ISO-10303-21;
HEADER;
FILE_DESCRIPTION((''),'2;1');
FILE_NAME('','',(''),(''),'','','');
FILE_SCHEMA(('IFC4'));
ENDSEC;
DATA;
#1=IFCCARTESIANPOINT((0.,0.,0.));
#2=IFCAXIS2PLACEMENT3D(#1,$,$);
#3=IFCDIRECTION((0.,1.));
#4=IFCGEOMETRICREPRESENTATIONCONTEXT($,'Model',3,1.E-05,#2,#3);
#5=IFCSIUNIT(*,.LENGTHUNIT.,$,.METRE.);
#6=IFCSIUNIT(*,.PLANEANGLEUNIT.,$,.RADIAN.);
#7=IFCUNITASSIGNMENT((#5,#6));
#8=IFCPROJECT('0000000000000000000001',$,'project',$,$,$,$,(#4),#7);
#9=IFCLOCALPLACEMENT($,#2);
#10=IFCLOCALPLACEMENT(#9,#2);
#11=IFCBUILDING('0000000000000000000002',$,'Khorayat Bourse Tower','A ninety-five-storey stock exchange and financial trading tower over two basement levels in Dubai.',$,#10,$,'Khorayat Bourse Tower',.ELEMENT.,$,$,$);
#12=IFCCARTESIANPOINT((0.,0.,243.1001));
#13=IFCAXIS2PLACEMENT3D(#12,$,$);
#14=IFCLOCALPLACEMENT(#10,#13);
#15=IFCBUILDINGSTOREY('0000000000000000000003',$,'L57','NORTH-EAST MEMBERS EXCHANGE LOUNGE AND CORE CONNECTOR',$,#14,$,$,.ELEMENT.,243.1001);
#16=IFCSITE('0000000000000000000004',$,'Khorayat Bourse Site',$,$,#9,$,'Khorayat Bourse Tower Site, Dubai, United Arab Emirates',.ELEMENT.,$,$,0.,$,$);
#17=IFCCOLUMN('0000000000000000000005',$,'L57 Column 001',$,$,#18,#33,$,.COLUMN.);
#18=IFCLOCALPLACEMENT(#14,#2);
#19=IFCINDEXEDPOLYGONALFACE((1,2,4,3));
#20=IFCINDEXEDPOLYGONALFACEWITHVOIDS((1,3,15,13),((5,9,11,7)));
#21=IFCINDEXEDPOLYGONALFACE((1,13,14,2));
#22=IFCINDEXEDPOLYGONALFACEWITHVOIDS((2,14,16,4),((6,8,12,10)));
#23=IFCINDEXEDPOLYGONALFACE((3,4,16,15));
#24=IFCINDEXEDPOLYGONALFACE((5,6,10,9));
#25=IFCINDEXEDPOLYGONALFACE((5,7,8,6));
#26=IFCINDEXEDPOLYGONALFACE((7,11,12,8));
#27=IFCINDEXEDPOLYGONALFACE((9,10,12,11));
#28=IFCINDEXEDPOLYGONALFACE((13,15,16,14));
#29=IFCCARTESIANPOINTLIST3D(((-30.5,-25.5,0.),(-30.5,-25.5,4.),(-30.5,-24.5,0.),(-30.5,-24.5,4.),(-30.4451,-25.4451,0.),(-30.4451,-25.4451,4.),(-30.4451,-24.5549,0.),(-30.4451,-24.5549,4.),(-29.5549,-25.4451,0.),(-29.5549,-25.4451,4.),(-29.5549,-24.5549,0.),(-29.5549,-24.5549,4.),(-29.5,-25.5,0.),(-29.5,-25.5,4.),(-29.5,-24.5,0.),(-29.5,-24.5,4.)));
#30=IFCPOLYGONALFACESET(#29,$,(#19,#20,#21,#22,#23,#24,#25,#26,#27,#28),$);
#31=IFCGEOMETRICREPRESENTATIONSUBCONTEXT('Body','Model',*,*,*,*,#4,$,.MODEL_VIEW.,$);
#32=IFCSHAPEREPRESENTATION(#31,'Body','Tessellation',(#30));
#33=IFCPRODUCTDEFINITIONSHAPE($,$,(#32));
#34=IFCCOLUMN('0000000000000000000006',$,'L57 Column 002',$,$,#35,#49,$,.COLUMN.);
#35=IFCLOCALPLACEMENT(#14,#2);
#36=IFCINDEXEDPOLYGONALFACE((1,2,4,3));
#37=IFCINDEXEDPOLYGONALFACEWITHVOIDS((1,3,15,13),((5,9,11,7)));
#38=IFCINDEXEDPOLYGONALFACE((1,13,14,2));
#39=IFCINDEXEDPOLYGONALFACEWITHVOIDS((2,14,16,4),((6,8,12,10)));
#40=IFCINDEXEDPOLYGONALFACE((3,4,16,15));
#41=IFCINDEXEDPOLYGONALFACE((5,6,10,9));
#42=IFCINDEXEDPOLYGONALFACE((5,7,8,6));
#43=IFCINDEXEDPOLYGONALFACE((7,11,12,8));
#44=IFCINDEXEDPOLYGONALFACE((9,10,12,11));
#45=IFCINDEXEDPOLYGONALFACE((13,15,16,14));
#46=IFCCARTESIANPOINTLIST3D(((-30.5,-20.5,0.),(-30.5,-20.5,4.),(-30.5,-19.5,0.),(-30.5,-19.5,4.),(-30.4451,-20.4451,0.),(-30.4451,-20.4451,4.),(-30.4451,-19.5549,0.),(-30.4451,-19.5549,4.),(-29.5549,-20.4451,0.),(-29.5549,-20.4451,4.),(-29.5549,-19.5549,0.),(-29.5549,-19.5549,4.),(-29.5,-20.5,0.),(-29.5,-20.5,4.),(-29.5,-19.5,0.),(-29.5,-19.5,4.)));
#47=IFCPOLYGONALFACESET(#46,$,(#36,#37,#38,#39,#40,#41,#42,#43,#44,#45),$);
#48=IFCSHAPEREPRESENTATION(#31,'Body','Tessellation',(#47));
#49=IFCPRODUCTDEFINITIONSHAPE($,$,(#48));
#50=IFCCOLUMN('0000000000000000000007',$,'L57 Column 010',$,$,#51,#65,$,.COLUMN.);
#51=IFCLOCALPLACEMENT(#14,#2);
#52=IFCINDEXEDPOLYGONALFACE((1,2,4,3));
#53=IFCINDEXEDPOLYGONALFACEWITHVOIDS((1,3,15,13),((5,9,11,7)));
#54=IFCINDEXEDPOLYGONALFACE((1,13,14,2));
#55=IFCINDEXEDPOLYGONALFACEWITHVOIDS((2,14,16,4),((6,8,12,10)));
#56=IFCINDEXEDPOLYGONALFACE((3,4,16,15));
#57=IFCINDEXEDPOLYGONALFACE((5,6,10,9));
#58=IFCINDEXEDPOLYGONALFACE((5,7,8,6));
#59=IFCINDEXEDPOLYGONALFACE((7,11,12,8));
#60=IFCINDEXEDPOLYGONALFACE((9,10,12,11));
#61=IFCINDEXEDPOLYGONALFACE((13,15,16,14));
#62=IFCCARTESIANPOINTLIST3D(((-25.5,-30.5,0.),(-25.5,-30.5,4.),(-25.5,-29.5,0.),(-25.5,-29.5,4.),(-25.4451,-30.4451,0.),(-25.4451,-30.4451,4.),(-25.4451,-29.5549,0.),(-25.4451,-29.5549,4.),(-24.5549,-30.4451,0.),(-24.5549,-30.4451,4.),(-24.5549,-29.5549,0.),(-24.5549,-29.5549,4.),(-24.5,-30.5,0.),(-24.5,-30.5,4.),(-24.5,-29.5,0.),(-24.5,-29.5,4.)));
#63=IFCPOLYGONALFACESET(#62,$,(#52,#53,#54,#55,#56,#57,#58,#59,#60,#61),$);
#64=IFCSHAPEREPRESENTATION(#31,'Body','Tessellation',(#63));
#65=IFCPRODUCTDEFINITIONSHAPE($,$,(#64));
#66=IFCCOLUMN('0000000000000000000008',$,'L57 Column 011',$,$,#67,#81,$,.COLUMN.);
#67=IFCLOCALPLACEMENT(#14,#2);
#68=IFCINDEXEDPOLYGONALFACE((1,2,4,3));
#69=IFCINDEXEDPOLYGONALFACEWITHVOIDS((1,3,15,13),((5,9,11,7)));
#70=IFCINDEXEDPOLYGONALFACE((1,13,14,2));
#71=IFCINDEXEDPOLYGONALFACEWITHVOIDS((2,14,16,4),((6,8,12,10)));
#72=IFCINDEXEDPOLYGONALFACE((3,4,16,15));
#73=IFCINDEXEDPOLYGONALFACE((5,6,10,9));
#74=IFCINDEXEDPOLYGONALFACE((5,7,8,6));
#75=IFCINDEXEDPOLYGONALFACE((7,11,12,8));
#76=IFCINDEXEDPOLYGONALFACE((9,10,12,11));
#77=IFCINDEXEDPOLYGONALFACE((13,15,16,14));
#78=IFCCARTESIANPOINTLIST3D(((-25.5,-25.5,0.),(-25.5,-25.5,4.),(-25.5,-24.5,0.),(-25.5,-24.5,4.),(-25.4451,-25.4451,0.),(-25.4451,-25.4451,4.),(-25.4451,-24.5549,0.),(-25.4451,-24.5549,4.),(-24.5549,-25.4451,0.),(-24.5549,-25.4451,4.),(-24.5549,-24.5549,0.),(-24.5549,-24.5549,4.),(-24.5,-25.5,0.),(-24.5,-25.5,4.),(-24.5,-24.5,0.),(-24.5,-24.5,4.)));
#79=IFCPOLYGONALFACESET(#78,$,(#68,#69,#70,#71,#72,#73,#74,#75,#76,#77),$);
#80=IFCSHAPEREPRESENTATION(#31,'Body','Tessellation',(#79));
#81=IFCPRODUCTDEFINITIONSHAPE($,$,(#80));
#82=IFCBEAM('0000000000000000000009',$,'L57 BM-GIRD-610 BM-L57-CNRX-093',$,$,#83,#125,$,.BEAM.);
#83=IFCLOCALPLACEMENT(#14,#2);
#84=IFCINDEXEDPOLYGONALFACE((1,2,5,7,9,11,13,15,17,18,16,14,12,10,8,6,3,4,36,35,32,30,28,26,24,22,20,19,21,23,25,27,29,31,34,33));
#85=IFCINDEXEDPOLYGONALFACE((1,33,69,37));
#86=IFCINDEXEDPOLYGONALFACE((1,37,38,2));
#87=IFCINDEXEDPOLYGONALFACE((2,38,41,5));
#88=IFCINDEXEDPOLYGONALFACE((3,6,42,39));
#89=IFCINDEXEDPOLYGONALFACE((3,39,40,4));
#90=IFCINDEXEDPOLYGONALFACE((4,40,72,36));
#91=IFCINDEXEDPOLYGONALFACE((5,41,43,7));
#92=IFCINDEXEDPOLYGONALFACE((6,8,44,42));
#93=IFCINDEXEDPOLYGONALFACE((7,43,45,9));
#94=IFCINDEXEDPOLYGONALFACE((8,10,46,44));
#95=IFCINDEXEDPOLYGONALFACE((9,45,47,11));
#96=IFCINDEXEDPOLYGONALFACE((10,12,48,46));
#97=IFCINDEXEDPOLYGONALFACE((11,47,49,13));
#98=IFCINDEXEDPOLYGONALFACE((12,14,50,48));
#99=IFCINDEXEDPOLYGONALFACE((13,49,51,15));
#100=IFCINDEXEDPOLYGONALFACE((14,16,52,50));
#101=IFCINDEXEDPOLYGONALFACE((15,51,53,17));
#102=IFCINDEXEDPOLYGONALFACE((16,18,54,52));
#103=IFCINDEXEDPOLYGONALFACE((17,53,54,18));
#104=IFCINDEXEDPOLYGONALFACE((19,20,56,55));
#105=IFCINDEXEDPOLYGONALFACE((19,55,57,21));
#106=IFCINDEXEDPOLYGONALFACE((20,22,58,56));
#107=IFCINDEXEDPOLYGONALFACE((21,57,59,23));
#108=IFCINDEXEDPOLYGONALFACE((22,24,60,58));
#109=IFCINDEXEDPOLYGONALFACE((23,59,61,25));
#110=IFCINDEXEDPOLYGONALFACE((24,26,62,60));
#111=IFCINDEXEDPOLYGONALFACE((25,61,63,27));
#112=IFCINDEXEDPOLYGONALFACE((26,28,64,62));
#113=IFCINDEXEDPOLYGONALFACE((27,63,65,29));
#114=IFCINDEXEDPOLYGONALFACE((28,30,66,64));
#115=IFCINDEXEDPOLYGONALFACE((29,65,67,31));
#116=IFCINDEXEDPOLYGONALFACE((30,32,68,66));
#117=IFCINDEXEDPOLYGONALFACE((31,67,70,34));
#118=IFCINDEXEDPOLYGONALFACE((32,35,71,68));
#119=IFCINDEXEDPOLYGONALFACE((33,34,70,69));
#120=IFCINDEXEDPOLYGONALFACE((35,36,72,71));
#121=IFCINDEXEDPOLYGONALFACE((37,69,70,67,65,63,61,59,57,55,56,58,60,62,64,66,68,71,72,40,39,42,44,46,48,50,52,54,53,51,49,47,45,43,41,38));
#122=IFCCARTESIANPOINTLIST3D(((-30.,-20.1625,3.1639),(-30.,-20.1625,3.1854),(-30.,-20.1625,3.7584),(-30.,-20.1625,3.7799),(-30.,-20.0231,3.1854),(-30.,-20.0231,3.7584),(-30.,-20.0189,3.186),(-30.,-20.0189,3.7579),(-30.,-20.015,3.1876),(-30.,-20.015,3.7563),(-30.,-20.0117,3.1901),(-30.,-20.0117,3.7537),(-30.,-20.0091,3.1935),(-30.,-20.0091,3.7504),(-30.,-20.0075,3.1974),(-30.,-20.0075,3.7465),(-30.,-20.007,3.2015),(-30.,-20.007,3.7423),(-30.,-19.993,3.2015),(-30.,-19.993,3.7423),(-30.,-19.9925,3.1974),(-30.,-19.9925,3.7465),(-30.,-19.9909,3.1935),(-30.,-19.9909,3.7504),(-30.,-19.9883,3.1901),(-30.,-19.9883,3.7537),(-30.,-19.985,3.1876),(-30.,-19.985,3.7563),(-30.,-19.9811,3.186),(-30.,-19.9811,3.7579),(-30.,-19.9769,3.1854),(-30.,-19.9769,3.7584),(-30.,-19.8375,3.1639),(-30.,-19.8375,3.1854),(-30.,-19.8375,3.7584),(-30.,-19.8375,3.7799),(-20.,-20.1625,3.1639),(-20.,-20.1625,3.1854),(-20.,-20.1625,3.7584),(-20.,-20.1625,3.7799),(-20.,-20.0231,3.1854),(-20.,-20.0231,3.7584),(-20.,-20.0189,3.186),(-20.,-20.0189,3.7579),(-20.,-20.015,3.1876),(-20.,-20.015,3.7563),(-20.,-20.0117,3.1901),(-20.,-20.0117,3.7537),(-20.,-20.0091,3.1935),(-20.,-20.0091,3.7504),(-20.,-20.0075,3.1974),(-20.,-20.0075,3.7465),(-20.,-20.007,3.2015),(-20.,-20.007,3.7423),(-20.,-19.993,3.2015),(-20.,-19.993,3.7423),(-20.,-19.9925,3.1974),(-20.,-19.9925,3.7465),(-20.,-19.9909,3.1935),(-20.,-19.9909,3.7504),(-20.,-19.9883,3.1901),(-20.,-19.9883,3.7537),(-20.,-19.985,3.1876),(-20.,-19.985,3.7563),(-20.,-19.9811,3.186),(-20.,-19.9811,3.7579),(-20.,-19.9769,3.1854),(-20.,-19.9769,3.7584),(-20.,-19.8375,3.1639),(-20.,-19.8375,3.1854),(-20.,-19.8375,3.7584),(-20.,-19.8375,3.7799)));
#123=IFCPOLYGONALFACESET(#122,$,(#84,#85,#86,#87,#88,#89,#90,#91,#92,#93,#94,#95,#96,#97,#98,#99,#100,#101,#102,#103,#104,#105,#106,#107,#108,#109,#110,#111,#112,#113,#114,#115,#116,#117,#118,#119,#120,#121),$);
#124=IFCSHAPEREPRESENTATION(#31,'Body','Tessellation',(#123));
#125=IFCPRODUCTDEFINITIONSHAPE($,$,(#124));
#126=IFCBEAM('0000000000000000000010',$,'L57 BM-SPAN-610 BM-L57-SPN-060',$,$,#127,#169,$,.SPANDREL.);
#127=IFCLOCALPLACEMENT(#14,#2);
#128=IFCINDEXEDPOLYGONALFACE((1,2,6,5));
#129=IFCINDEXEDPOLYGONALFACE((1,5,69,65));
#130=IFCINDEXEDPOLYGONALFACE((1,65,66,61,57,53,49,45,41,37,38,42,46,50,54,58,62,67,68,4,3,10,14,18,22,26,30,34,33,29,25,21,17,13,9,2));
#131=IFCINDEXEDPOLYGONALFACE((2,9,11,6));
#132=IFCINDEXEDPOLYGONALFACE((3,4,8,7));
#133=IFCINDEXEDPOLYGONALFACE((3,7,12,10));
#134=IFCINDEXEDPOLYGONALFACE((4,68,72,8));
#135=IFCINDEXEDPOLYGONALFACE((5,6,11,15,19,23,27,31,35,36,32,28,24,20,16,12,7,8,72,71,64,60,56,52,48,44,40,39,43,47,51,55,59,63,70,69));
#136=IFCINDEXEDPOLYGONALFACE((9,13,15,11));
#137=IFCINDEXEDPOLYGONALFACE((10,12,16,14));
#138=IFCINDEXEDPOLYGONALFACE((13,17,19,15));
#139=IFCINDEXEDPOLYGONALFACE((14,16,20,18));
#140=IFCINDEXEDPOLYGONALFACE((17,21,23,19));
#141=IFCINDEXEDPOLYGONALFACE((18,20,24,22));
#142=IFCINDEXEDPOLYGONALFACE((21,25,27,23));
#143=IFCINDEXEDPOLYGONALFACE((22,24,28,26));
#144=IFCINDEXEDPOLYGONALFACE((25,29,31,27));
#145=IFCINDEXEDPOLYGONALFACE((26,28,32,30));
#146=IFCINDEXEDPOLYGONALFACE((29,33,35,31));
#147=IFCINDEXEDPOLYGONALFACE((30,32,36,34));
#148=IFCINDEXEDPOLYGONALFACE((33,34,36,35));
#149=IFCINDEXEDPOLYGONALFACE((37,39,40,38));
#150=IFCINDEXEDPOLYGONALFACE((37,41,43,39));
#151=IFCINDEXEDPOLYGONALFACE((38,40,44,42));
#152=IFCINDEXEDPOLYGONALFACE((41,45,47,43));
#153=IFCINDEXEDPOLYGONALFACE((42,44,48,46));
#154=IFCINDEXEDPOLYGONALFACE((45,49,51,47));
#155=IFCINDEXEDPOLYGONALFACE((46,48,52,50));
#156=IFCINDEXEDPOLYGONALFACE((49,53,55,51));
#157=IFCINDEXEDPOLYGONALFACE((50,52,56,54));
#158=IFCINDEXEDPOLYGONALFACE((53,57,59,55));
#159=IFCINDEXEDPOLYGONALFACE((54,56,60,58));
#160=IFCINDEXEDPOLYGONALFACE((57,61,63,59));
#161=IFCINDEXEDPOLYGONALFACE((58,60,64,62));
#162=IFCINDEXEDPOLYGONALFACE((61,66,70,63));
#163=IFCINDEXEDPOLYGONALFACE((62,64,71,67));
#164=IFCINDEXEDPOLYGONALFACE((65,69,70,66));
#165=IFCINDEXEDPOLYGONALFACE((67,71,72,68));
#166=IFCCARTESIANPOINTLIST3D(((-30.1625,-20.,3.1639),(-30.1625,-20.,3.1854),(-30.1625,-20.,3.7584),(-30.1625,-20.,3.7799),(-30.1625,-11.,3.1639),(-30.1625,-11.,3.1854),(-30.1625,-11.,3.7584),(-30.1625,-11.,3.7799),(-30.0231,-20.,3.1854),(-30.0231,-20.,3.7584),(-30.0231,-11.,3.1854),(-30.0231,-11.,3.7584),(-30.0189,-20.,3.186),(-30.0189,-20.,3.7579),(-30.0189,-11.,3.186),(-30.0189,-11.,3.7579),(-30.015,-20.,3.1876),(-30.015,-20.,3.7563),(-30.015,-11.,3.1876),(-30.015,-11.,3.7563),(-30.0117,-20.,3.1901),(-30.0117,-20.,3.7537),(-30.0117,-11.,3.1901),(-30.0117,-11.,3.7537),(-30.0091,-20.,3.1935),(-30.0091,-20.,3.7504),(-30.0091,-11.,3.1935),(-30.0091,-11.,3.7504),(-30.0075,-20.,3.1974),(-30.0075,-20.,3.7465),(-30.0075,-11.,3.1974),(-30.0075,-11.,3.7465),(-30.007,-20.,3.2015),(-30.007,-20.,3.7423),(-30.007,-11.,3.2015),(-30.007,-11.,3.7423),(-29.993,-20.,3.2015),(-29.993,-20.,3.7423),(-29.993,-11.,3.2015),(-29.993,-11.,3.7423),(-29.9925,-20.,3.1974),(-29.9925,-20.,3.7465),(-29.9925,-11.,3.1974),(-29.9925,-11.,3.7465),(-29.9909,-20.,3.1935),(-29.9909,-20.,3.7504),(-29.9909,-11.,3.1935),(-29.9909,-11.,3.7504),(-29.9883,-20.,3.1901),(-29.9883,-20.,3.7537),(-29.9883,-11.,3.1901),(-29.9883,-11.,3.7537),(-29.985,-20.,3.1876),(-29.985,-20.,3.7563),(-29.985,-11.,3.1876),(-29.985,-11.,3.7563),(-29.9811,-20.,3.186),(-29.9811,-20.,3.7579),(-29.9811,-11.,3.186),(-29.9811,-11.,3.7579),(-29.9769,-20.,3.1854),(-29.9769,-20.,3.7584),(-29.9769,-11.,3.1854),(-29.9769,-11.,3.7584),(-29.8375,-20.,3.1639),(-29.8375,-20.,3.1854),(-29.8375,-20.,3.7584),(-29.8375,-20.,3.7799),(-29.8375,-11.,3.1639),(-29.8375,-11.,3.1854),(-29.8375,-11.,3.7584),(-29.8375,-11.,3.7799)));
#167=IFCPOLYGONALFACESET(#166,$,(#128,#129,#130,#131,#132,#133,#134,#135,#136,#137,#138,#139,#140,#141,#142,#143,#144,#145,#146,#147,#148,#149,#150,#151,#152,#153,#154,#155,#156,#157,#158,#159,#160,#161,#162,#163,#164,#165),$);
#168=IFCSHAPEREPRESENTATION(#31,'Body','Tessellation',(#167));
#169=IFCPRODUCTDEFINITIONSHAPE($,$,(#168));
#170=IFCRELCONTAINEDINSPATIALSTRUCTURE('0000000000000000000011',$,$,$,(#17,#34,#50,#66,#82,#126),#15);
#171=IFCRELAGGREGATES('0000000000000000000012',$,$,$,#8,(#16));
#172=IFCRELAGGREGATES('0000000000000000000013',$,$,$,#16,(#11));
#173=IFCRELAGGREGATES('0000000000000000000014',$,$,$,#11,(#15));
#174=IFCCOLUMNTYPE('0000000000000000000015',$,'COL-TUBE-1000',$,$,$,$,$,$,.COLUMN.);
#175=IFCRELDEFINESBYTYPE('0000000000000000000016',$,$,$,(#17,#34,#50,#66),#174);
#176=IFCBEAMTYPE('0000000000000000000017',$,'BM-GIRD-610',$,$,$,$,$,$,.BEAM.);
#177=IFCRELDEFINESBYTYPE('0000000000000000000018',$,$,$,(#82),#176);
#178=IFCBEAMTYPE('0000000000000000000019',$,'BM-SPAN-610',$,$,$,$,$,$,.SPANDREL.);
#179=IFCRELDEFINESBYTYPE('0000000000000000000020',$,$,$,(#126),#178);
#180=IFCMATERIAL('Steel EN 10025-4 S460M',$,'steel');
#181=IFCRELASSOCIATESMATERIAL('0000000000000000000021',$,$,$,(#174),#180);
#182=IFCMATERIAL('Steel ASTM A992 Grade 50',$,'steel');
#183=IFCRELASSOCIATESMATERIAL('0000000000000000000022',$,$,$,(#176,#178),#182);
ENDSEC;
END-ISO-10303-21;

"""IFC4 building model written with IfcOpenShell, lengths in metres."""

from ifc_helpers import new_model, si_unit, direction, frame, origin, origin_2d, place, context, subcontext, project, spatial, hollow_rectangle, i_section, extrude, source, transform, mapped, material, material_profile, profile_set, type_object, element, save


model = new_model("IFC4")

# Units and contexts
model_context = context("Model", 3, precision=1e-05, world=origin(), true_north=direction((0.0, 1.0)))
body_context = subcontext(model_context, "Body", "Model", "MODEL_VIEW")
ifc_project = project(units=[si_unit("LENGTHUNIT", "METRE"), si_unit("PLANEANGLEUNIT", "RADIAN")], contexts=[model_context])

# Site, building, storey
site_placement = place(None, origin())
site = spatial("IfcSite", under=ifc_project, at=site_placement, Name="Khorayat Bourse Site", LongName="Khorayat Bourse Tower Site, Dubai, United Arab Emirates", CompositionType="ELEMENT", RefElevation=0.0)
building_placement = place(site_placement, origin())
building = spatial("IfcBuilding", under=site, at=building_placement, Name="Khorayat Bourse Tower", Description="A ninety-five-storey stock exchange and financial trading tower over two basement levels in Dubai.", LongName="Khorayat Bourse Tower", CompositionType="ELEMENT")
storey_placement = place(building_placement, frame((0.0, 0.0, 243.1001)))
storey = spatial("IfcBuildingStorey", under=building, at=storey_placement, Name="L57", Description="NORTH-EAST MEMBERS EXCHANGE LOUNGE AND CORE CONNECTOR", CompositionType="ELEMENT", Elevation=243.1001)

# Columns
ifc_material_1 = material(Name="Steel EN 10025-4 S460M", Category="steel")
ifc_material_profile_1 = material_profile(ifc_material_1, hollow_rectangle(XDim=1.0, YDim=1.0, WallThickness=0.0549, at=origin_2d()), Name="BOX 1000x1000x55")
ifc_profile_set_1 = profile_set([ifc_material_profile_1], Name="Steel EN 10025-4 S460M")
column_type = type_object("IfcColumnType", Name="COL-TUBE-1000", PredefinedType="COLUMN", material=ifc_profile_set_1)
shared_shape_1 = source(origin(), body_context, "Body", "SweptSolid", [
    extrude(hollow_rectangle(XDim=1.0, YDim=1.0, WallThickness=0.0549, at=origin_2d()), origin(), (0.0, 0.0, 1.0), 4.0),
])
for number, where, z_axis, x_axis, name in (
    (1, (-30.0, -25.0, 0.0), (0.0, 0.0, 1.0), (1.0, 0.0, 0.0), "L57 Column 001"),
    (2, (-30.0, -20.0, 0.0), (0.0, 0.0, 1.0), (1.0, 0.0, 0.0), "L57 Column 002"),
    (3, (-25.0, -30.0, 0.0), (0.0, 0.0, 1.0), (1.0, 0.0, 0.0), "L57 Column 010"),
    (4, (-25.0, -25.0, 0.0), (0.0, 0.0, 1.0), (1.0, 0.0, 0.0), "L57 Column 011"),
):
    element("IfcColumn", number, at=place(storey_placement, frame(where, z_axis=z_axis, x_axis=x_axis)), inside=storey, type_object=column_type, Name=name, PredefinedType="COLUMN", context=body_context, shape_type="MappedRepresentation", body=[
        mapped(shared_shape_1, transform((0.0, 0.0, 0.0), scale=1.0)),
    ])

# Beams
ifc_material_2 = material(Name="Steel ASTM A992 Grade 50", Category="steel")
ifc_material_profile_2 = material_profile(ifc_material_2, i_section(OverallWidth=0.325, OverallDepth=0.616, WebThickness=0.0139, FlangeThickness=0.0215, FilletRadius=0.0161, at=origin_2d()), Name="W610X174")
ifc_profile_set_2 = profile_set([ifc_material_profile_2], Name="Steel ASTM A992 Grade 50")
beam_type_1 = type_object("IfcBeamType", Name="BM-GIRD-610", PredefinedType="BEAM", material=ifc_profile_set_2)
shared_shape_2 = source(origin(), body_context, "Body", "SweptSolid", [
    extrude(i_section(OverallWidth=0.325, OverallDepth=0.616, WebThickness=0.0139, FlangeThickness=0.0215, FilletRadius=0.0161, at=origin_2d()), origin(), (0.0, 0.0, 1.0), 10.0),
])
beam_1_placement = place(storey_placement, frame((-30.0, -20.0, 3.4719), z_axis=(1.0, 0.0, 0.0), x_axis=(0.0, 1.0, 0.0)))
element("IfcBeam", 5, at=beam_1_placement, inside=storey, type_object=beam_type_1, Name="L57 BM-GIRD-610 BM-L57-CNRX-093", PredefinedType="BEAM", context=body_context, shape_type="MappedRepresentation", body=[
    mapped(shared_shape_2, transform((0.0, 0.0, 0.0), scale=1.0)),
])
ifc_material_profile_3 = material_profile(ifc_material_2, i_section(OverallWidth=0.325, OverallDepth=0.616, WebThickness=0.0139, FlangeThickness=0.0215, FilletRadius=0.0161, at=origin_2d()), Name="W610X174")
ifc_profile_set_3 = profile_set([ifc_material_profile_3], Name="Steel ASTM A992 Grade 50")
beam_type_2 = type_object("IfcBeamType", Name="BM-SPAN-610", PredefinedType="SPANDREL", material=ifc_profile_set_3)
shared_shape_3 = source(origin(), body_context, "Body", "SweptSolid", [
    extrude(i_section(OverallWidth=0.325, OverallDepth=0.616, WebThickness=0.0139, FlangeThickness=0.0215, FilletRadius=0.0161, at=origin_2d()), origin(), (0.0, 0.0, 1.0), 9.0),
])
beam_2_placement = place(storey_placement, frame((-30.0, -20.0, 3.4719), z_axis=(0.0, 1.0, 0.0), x_axis=(-1.0, 0.0, 0.0)))
element("IfcBeam", 6, at=beam_2_placement, inside=storey, type_object=beam_type_2, Name="L57 BM-SPAN-610 BM-L57-SPN-060", PredefinedType="SPANDREL", context=body_context, shape_type="MappedRepresentation", body=[
    mapped(shared_shape_3, transform((0.0, 0.0, 0.0), scale=1.0)),
])

save(model, "model.ifc")
